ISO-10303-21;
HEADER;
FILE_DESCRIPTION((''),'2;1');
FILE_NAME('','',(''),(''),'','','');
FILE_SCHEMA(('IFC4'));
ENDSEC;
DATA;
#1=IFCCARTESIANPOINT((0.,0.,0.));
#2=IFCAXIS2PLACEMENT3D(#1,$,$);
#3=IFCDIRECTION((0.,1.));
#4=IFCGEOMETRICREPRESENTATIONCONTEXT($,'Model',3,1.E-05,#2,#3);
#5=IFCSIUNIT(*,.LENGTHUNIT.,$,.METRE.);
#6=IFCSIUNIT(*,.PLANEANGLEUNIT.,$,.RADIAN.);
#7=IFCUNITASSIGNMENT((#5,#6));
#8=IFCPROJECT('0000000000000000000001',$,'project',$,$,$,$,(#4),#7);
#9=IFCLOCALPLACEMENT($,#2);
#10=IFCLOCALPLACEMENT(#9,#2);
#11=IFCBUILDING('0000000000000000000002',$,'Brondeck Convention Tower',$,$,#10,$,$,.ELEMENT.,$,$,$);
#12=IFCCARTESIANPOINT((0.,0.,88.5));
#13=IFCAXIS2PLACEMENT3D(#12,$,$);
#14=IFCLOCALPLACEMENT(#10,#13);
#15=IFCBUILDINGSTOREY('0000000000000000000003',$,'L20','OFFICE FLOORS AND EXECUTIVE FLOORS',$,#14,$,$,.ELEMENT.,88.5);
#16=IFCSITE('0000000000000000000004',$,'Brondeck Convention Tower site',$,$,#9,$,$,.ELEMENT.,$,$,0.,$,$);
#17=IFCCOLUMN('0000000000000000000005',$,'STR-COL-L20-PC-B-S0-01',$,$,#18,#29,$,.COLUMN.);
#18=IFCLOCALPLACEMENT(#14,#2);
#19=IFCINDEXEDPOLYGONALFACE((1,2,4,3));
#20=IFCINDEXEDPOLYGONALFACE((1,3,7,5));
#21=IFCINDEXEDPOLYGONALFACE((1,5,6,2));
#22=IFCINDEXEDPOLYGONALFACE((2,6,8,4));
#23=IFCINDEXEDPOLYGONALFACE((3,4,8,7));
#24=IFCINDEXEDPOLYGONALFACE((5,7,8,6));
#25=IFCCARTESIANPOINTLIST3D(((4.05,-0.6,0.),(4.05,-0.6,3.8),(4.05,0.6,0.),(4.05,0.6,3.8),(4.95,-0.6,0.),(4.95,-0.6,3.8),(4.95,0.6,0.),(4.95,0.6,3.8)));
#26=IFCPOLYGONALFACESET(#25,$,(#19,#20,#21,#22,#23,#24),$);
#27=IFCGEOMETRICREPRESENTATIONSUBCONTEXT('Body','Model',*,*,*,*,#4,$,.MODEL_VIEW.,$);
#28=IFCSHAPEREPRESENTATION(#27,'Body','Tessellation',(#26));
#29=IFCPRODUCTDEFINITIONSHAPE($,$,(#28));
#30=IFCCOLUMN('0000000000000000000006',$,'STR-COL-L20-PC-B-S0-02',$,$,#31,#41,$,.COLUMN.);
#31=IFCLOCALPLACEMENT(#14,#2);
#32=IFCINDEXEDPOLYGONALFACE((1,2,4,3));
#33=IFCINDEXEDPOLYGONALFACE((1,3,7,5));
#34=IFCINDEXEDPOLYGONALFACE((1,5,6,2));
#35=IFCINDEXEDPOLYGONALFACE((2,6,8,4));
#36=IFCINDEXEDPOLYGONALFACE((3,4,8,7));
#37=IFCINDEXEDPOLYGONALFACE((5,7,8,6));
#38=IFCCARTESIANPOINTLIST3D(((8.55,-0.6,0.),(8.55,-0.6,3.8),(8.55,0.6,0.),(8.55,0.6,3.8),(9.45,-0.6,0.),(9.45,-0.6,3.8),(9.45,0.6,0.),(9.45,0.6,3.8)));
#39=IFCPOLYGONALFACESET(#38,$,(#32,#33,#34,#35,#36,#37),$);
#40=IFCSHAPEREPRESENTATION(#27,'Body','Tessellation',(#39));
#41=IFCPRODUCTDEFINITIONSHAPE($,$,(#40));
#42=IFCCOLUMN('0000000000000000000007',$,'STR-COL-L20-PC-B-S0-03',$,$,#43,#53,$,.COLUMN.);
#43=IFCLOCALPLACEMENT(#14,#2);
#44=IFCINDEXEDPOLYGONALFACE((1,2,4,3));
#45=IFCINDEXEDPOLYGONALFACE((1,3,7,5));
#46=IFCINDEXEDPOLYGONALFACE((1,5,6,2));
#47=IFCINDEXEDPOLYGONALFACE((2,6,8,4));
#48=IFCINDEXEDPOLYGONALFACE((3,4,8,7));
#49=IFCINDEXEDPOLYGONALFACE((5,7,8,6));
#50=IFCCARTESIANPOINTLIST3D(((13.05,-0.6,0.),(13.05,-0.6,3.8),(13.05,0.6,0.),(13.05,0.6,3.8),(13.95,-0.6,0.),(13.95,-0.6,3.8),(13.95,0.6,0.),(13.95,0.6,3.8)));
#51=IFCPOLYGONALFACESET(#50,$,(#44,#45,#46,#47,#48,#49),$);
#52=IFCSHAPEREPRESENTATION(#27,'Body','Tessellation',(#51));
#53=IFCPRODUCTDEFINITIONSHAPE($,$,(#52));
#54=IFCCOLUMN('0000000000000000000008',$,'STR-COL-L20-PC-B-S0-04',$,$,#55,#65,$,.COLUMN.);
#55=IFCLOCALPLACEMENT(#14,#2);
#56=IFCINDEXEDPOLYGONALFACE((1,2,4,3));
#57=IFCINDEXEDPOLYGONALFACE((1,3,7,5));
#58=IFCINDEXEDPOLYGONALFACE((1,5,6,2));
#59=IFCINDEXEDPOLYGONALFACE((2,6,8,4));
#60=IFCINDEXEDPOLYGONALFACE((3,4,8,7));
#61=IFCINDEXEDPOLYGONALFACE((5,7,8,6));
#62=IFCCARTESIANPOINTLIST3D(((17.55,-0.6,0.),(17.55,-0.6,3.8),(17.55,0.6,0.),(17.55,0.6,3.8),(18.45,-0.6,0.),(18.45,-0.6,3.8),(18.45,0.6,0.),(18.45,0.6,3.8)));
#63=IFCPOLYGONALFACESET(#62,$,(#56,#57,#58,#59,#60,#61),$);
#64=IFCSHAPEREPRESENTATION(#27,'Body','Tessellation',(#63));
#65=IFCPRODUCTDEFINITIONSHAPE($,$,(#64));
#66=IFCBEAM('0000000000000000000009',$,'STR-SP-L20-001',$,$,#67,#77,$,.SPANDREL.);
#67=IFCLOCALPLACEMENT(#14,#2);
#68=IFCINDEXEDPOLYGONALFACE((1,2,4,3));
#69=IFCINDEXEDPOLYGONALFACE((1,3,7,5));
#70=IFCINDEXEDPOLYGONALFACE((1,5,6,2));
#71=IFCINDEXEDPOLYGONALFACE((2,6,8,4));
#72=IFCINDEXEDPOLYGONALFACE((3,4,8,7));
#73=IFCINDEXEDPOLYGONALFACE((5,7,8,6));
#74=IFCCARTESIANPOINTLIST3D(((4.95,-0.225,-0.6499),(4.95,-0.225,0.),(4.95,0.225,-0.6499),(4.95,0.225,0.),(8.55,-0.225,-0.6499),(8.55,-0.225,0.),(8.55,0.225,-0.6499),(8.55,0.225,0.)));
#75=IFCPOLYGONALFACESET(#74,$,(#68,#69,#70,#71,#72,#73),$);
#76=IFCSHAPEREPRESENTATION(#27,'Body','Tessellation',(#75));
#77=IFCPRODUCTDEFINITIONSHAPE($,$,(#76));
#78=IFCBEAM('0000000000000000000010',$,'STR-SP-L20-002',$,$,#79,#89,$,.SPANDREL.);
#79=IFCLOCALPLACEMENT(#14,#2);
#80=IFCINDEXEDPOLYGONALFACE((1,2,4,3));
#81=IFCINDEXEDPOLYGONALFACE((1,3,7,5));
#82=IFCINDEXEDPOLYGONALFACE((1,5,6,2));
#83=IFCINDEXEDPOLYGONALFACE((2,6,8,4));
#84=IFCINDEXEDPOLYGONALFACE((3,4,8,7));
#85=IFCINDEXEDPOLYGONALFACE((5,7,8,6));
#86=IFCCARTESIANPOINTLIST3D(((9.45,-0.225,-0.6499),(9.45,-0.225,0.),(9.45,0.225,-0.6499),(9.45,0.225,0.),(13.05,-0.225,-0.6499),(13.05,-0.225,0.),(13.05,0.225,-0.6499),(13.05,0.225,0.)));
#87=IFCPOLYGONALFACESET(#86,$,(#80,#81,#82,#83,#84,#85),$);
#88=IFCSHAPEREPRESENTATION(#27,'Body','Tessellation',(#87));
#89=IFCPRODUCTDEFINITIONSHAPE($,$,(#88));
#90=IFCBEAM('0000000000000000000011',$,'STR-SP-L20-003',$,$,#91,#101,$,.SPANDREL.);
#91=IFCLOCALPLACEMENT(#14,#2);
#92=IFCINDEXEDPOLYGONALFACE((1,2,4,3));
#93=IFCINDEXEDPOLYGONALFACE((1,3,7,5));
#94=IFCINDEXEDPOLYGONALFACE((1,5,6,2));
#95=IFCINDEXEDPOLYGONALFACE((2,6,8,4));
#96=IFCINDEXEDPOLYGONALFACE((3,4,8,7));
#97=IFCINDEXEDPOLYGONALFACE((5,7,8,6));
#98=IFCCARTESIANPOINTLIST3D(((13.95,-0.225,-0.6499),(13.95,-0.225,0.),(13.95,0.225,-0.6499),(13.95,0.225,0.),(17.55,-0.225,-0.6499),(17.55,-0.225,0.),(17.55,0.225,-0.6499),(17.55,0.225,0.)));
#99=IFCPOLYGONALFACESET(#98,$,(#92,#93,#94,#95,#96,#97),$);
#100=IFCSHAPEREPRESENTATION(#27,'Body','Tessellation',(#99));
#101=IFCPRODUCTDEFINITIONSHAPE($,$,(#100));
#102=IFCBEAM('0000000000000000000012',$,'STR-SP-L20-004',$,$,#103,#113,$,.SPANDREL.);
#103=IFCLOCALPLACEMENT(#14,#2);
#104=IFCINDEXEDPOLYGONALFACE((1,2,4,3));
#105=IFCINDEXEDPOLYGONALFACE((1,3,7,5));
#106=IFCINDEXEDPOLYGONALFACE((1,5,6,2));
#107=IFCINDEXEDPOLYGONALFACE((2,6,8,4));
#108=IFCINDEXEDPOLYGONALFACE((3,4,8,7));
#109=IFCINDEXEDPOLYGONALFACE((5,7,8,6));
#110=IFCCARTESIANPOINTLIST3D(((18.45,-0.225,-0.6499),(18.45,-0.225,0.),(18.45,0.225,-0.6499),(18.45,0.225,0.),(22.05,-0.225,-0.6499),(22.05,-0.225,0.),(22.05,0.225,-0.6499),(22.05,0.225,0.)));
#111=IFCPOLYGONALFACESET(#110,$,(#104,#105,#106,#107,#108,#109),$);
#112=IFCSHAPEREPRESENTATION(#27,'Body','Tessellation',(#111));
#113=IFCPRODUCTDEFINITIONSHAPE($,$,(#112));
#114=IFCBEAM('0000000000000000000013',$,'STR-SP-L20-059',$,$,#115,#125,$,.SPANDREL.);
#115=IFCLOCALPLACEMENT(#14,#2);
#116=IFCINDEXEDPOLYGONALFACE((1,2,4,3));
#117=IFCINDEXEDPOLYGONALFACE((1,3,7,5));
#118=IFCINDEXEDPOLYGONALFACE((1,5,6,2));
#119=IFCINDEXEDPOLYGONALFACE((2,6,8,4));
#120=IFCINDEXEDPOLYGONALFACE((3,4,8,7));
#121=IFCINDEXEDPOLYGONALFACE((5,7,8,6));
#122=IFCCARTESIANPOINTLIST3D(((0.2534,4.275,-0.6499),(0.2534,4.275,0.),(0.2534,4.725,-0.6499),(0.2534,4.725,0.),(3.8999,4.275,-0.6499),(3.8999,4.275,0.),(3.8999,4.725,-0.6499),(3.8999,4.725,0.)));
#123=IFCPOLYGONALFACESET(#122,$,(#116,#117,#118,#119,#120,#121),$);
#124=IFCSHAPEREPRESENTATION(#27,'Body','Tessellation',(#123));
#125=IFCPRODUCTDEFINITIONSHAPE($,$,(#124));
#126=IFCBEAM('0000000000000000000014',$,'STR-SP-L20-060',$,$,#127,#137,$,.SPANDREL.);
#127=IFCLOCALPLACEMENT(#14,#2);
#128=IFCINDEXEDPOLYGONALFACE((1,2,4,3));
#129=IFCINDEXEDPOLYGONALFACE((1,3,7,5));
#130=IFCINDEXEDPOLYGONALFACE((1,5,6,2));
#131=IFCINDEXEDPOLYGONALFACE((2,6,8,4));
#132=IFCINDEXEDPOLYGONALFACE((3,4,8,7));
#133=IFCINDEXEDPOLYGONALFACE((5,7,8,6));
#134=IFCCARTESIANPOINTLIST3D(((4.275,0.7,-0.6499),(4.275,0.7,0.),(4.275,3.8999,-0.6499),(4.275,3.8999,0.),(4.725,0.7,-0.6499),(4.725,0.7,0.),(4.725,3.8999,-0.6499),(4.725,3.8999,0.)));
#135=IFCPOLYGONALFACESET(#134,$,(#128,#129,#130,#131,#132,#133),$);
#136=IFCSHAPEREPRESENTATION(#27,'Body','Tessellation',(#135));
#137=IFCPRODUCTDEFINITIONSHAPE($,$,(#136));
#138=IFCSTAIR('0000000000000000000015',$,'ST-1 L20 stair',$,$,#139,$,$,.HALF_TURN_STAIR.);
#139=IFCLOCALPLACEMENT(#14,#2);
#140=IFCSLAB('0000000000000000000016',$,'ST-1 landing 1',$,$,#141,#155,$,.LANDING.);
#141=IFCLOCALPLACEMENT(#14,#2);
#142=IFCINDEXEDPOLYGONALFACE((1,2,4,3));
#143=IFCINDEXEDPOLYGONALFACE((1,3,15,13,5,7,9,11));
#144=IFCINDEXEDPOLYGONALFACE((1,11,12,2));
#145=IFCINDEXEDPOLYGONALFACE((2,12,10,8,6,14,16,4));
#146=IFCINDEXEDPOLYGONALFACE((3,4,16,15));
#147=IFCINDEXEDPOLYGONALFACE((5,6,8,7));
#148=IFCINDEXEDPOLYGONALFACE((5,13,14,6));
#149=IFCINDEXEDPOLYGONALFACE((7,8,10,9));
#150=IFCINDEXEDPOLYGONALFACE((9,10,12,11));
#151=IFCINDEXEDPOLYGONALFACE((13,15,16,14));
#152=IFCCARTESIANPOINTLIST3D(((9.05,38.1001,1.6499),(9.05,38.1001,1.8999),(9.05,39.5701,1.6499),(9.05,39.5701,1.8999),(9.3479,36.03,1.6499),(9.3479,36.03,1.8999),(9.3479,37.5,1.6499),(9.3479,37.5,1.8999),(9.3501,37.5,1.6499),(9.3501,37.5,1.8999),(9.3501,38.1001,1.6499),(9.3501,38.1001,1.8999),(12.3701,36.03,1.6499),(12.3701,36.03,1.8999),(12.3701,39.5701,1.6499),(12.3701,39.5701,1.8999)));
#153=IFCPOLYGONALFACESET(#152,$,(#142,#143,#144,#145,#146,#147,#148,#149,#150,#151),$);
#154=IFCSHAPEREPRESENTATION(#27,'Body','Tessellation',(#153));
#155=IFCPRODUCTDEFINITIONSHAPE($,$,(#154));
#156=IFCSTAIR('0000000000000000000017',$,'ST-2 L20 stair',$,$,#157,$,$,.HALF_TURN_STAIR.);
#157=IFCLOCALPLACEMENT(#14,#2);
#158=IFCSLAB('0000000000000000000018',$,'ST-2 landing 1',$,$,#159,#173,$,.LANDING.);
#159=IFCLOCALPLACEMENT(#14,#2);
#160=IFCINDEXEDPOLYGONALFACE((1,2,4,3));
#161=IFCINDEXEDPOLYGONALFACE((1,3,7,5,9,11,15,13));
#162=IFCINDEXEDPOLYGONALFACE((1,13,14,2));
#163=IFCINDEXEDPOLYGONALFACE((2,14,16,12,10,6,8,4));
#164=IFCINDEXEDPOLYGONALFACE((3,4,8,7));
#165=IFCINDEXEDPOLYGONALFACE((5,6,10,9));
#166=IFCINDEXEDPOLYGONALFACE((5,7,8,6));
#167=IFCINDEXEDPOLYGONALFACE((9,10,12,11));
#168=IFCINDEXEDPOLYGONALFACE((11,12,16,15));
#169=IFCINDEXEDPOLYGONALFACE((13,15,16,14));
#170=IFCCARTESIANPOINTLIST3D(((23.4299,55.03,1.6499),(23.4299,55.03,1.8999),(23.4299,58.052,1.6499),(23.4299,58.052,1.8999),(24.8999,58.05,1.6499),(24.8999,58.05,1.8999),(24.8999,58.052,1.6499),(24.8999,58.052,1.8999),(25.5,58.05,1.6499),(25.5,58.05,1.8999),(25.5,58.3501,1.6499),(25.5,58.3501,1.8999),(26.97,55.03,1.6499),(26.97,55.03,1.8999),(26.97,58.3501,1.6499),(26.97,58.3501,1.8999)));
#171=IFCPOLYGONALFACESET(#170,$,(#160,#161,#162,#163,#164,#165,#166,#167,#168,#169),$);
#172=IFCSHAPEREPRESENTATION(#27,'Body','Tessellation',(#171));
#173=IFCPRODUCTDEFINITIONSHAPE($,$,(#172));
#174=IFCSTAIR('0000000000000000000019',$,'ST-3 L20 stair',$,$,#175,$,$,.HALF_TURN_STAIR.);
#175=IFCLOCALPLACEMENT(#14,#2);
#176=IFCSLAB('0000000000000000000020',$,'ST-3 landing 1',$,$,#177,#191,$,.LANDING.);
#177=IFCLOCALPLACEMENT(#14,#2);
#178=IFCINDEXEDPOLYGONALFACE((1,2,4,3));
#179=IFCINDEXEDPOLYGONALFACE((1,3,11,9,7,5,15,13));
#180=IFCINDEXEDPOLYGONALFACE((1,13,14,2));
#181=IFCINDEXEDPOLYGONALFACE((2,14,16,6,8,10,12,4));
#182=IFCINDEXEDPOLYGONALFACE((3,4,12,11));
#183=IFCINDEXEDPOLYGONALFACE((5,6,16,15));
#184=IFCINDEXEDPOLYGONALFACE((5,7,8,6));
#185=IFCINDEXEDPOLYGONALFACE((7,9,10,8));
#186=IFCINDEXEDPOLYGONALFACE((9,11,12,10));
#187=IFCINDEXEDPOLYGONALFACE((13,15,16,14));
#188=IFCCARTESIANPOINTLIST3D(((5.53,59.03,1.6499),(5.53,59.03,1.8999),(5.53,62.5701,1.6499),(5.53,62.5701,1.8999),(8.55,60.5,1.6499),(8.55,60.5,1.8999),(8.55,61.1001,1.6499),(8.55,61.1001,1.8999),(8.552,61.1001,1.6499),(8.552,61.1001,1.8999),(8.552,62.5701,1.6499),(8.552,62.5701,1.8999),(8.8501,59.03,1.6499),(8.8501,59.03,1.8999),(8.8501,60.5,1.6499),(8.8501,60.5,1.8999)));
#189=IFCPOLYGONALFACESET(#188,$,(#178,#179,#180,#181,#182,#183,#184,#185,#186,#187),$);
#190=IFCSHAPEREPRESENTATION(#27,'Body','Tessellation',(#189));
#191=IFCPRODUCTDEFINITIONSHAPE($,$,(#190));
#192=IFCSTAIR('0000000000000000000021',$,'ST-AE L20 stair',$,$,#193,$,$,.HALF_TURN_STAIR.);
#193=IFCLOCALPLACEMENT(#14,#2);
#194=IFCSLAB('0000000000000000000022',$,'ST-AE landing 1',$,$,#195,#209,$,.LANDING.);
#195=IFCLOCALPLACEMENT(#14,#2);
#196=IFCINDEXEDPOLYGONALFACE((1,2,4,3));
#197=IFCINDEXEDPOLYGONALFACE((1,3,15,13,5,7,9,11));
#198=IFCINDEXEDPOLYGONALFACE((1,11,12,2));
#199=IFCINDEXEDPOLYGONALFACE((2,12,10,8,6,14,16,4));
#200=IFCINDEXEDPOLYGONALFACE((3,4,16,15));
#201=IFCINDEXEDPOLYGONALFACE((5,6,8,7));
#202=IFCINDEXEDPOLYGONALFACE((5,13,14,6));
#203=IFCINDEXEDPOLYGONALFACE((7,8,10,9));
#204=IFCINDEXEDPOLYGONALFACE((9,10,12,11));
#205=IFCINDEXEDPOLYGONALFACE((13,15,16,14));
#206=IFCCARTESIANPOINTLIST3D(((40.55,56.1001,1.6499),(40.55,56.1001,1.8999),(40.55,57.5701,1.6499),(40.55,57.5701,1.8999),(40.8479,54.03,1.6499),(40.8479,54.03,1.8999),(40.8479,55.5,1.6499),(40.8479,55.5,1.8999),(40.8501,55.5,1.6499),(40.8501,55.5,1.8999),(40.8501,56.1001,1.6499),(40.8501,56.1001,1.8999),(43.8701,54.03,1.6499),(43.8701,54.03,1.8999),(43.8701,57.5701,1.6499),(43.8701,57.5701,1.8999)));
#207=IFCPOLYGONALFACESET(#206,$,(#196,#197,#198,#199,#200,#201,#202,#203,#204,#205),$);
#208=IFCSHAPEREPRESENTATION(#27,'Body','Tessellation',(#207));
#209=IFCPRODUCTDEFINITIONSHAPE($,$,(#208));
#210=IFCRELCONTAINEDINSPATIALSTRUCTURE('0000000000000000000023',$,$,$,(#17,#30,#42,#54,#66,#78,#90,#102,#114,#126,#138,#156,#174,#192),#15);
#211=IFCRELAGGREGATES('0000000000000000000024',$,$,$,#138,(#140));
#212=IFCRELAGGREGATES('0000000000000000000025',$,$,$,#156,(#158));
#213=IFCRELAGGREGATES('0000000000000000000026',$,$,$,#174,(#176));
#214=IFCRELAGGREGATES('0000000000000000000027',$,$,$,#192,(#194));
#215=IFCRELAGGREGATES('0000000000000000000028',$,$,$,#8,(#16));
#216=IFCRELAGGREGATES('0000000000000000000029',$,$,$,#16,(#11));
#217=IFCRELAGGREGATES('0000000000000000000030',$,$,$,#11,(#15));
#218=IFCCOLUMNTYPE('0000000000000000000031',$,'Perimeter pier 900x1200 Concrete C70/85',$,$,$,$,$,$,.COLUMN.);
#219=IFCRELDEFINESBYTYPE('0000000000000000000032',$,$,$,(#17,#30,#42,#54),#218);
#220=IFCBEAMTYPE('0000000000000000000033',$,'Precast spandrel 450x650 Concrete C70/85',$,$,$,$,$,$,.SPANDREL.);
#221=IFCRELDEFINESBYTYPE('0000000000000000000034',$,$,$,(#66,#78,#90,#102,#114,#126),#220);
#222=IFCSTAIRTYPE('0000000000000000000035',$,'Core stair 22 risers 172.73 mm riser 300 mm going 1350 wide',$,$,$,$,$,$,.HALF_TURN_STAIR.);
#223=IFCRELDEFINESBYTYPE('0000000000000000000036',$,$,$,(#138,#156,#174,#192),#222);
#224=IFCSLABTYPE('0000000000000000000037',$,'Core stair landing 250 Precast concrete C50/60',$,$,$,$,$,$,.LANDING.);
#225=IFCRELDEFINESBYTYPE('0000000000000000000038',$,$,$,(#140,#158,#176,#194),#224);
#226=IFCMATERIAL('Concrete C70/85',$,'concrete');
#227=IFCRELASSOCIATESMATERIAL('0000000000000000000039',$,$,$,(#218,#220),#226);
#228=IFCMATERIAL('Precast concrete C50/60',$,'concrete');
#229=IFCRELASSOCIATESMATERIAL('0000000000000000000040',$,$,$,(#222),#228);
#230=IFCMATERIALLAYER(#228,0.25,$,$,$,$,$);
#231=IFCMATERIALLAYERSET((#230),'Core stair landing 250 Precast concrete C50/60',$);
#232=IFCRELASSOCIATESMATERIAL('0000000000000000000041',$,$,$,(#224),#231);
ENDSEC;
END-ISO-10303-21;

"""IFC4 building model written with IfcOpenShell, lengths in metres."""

from ifc_helpers import new_model, si_unit, direction, frame, origin, origin_2d, place, context, subcontext, project, spatial, polyline, rectangle, outline, extrude, material, layer, layer_set, material_profile, profile_set, type_object, element, aggregate, save


model = new_model("IFC4")

# Units and contexts
model_context = context("Model", 3, precision=1e-05, world=origin(), true_north=direction((0.0, 1.0)))
body_context = subcontext(model_context, "Body", "Model", "MODEL_VIEW")
ifc_project = project(units=[si_unit("LENGTHUNIT", "METRE"), si_unit("PLANEANGLEUNIT", "RADIAN")], contexts=[model_context])

# Site, building, storey
site_placement = place(None, origin())
site = spatial("IfcSite", under=ifc_project, at=site_placement, Name="Brondeck Convention Tower site", CompositionType="ELEMENT", RefElevation=0.0)
building_placement = place(site_placement, origin())
building = spatial("IfcBuilding", under=site, at=building_placement, Name="Brondeck Convention Tower", CompositionType="ELEMENT")
storey_placement = place(building_placement, frame((0.0, 0.0, 88.5)))
storey = spatial("IfcBuildingStorey", under=building, at=storey_placement, Name="L20", Description="OFFICE FLOORS AND EXECUTIVE FLOORS", CompositionType="ELEMENT", Elevation=88.5)

# Columns
ifc_material_1 = material(Name="Concrete C70/85", Category="concrete")
ifc_material_profile_1 = material_profile(ifc_material_1, rectangle(XDim=0.8999, YDim=1.2, at=origin_2d()), Name="Perimeter pier 900x1200 Concrete C70/85")
ifc_profile_set_1 = profile_set([ifc_material_profile_1], Name="Concrete C70/85")
column_type = type_object("IfcColumnType", Name="Perimeter pier 900x1200 Concrete C70/85", PredefinedType="COLUMN", material=ifc_profile_set_1)
for number, where, z_axis, x_axis, name in (
    (1, (4.5, 0.0, 0.0), (0.0, 0.0, 1.0), (1.0, 0.0, 0.0), "STR-COL-L20-PC-B-S0-01"),
    (2, (9.0, 0.0, 0.0), (0.0, 0.0, 1.0), (1.0, 0.0, 0.0), "STR-COL-L20-PC-B-S0-02"),
    (3, (13.5, 0.0, 0.0), (0.0, 0.0, 1.0), (1.0, 0.0, 0.0), "STR-COL-L20-PC-B-S0-03"),
    (4, (18.0, 0.0, 0.0), (0.0, 0.0, 1.0), (1.0, 0.0, 0.0), "STR-COL-L20-PC-B-S0-04"),
):
    element("IfcColumn", number, at=place(storey_placement, frame(where, z_axis=z_axis, x_axis=x_axis)), inside=storey, type_object=column_type, Name=name, PredefinedType="COLUMN", context=body_context, shape_type="SweptSolid", body=[
        extrude(rectangle(XDim=0.8999, YDim=1.2, at=origin_2d()), origin(), (0.0, 0.0, 1.0), 3.8),
    ])

# Beams
ifc_material_profile_2 = material_profile(ifc_material_1, rectangle(XDim=0.45, YDim=0.6499, at=origin_2d()), Name="Precast spandrel 450x650 Concrete C70/85")
ifc_profile_set_2 = profile_set([ifc_material_profile_2], Name="Concrete C70/85")
beam_type = type_object("IfcBeamType", Name="Precast spandrel 450x650 Concrete C70/85", PredefinedType="SPANDREL", material=ifc_profile_set_2)
for number, where, z_axis, x_axis, name in (
    (5, (4.95, 0.0, -0.325), (1.0, 0.0, 0.0), (0.0, 1.0, 0.0), "STR-SP-L20-001"),
    (6, (9.45, 0.0, -0.325), (1.0, 0.0, 0.0), (0.0, 1.0, 0.0), "STR-SP-L20-002"),
    (7, (13.95, 0.0, -0.325), (1.0, 0.0, 0.0), (0.0, 1.0, 0.0), "STR-SP-L20-003"),
    (8, (18.45, 0.0, -0.325), (1.0, 0.0, 0.0), (0.0, 1.0, 0.0), "STR-SP-L20-004"),
):
    element("IfcBeam", number, at=place(storey_placement, frame(where, z_axis=z_axis, x_axis=x_axis)), inside=storey, type_object=beam_type, Name=name, PredefinedType="SPANDREL", context=body_context, shape_type="SweptSolid", body=[
        extrude(rectangle(XDim=0.45, YDim=0.6499, at=origin_2d()), origin(), (0.0, 0.0, 1.0), 3.6001),
    ])
beam_1_placement = place(storey_placement, frame((0.2534, 4.5, -0.325), z_axis=(1.0, 0.0, 0.0), x_axis=(0.0, 1.0, 0.0)))
element("IfcBeam", 9, at=beam_1_placement, inside=storey, type_object=beam_type, Name="STR-SP-L20-059", PredefinedType="SPANDREL", context=body_context, shape_type="SweptSolid", body=[
    extrude(rectangle(XDim=0.45, YDim=0.6499, at=origin_2d()), origin(), (0.0, 0.0, 1.0), 3.6465),
])
beam_2_placement = place(storey_placement, frame((4.5, 3.8999, -0.325), z_axis=(0.0, -1.0, 0.0), x_axis=(1.0, 0.0, 0.0)))
element("IfcBeam", 10, at=beam_2_placement, inside=storey, type_object=beam_type, Name="STR-SP-L20-060", PredefinedType="SPANDREL", context=body_context, shape_type="SweptSolid", body=[
    extrude(rectangle(XDim=0.45, YDim=0.6499, at=origin_2d()), origin(), (0.0, 0.0, 1.0), 3.2),
])

# Stairs, slabs
ifc_material_2 = material(Name="Precast concrete C50/60", Category="concrete")
stair_type = type_object("IfcStairType", Name="Core stair 22 risers 172.73 mm riser 300 mm going 1350 wide", PredefinedType="HALF_TURN_STAIR", material=ifc_material_2)
stair_1_placement = place(storey_placement, origin())
stair_1 = element("IfcStair", 11, at=stair_1_placement, inside=storey, type_object=stair_type, Name="ST-1 L20 stair", PredefinedType="HALF_TURN_STAIR")
ifc_layer_1 = layer(ifc_material_2, 0.25)
ifc_layer_set_1 = layer_set([ifc_layer_1], Name="Core stair landing 250 Precast concrete C50/60")
slab_type = type_object("IfcSlabType", Name="Core stair landing 250 Precast concrete C50/60", PredefinedType="LANDING", material=ifc_layer_set_1)
slab_1_placement = place(storey_placement, frame((0.0, 0.0, 1.6499)))
slab_1 = element("IfcSlab", 12, at=slab_1_placement, type_object=slab_type, Name="ST-1 landing 1", PredefinedType="LANDING", context=body_context, shape_type="SweptSolid", body=[
    extrude(outline(polyline([(9.3479, 37.5), (9.3501, 37.5), (9.3501, 38.1001), (9.05, 38.1001), (9.05, 39.5701), (12.3701, 39.5701), (12.3701, 36.03), (9.3479, 36.03), (9.3479, 37.5)])), origin(), (0.0, 0.0, 1.0), 0.25),
])
aggregate(stair_1, [slab_1])
stair_2_placement = place(storey_placement, origin())
stair_2 = element("IfcStair", 13, at=stair_2_placement, inside=storey, type_object=stair_type, Name="ST-2 L20 stair", PredefinedType="HALF_TURN_STAIR")
slab_2_placement = place(storey_placement, frame((0.0, 0.0, 1.6499)))
slab_2 = element("IfcSlab", 14, at=slab_2_placement, type_object=slab_type, Name="ST-2 landing 1", PredefinedType="LANDING", context=body_context, shape_type="SweptSolid", body=[
    extrude(outline(polyline([(23.4299, 58.052), (24.8999, 58.052), (24.8999, 58.05), (25.5, 58.05), (25.5, 58.3501), (26.97, 58.3501), (26.97, 55.03), (23.4299, 55.03), (23.4299, 58.052)])), origin(), (0.0, 0.0, 1.0), 0.25),
])
aggregate(stair_2, [slab_2])
stair_3_placement = place(storey_placement, origin())
stair_3 = element("IfcStair", 15, at=stair_3_placement, inside=storey, type_object=stair_type, Name="ST-3 L20 stair", PredefinedType="HALF_TURN_STAIR")
slab_3_placement = place(storey_placement, frame((0.0, 0.0, 1.6499)))
slab_3 = element("IfcSlab", 16, at=slab_3_placement, type_object=slab_type, Name="ST-3 landing 1", PredefinedType="LANDING", context=body_context, shape_type="SweptSolid", body=[
    extrude(outline(polyline([(8.8501, 60.5), (8.8501, 59.03), (5.53, 59.03), (5.53, 62.5701), (8.552, 62.5701), (8.552, 61.1001), (8.55, 61.1001), (8.55, 60.5), (8.8501, 60.5)])), origin(), (0.0, 0.0, 1.0), 0.25),
])
aggregate(stair_3, [slab_3])
stair_4_placement = place(storey_placement, origin())
stair_4 = element("IfcStair", 17, at=stair_4_placement, inside=storey, type_object=stair_type, Name="ST-AE L20 stair", PredefinedType="HALF_TURN_STAIR")
slab_4_placement = place(storey_placement, frame((0.0, 0.0, 1.6499)))
slab_4 = element("IfcSlab", 18, at=slab_4_placement, type_object=slab_type, Name="ST-AE landing 1", PredefinedType="LANDING", context=body_context, shape_type="SweptSolid", body=[
    extrude(outline(polyline([(40.8479, 55.5), (40.8501, 55.5), (40.8501, 56.1001), (40.55, 56.1001), (40.55, 57.5701), (43.8701, 57.5701), (43.8701, 54.03), (40.8479, 54.03), (40.8479, 55.5)])), origin(), (0.0, 0.0, 1.0), 0.25),
])
aggregate(stair_4, [slab_4])

save(model, "model.ifc")
